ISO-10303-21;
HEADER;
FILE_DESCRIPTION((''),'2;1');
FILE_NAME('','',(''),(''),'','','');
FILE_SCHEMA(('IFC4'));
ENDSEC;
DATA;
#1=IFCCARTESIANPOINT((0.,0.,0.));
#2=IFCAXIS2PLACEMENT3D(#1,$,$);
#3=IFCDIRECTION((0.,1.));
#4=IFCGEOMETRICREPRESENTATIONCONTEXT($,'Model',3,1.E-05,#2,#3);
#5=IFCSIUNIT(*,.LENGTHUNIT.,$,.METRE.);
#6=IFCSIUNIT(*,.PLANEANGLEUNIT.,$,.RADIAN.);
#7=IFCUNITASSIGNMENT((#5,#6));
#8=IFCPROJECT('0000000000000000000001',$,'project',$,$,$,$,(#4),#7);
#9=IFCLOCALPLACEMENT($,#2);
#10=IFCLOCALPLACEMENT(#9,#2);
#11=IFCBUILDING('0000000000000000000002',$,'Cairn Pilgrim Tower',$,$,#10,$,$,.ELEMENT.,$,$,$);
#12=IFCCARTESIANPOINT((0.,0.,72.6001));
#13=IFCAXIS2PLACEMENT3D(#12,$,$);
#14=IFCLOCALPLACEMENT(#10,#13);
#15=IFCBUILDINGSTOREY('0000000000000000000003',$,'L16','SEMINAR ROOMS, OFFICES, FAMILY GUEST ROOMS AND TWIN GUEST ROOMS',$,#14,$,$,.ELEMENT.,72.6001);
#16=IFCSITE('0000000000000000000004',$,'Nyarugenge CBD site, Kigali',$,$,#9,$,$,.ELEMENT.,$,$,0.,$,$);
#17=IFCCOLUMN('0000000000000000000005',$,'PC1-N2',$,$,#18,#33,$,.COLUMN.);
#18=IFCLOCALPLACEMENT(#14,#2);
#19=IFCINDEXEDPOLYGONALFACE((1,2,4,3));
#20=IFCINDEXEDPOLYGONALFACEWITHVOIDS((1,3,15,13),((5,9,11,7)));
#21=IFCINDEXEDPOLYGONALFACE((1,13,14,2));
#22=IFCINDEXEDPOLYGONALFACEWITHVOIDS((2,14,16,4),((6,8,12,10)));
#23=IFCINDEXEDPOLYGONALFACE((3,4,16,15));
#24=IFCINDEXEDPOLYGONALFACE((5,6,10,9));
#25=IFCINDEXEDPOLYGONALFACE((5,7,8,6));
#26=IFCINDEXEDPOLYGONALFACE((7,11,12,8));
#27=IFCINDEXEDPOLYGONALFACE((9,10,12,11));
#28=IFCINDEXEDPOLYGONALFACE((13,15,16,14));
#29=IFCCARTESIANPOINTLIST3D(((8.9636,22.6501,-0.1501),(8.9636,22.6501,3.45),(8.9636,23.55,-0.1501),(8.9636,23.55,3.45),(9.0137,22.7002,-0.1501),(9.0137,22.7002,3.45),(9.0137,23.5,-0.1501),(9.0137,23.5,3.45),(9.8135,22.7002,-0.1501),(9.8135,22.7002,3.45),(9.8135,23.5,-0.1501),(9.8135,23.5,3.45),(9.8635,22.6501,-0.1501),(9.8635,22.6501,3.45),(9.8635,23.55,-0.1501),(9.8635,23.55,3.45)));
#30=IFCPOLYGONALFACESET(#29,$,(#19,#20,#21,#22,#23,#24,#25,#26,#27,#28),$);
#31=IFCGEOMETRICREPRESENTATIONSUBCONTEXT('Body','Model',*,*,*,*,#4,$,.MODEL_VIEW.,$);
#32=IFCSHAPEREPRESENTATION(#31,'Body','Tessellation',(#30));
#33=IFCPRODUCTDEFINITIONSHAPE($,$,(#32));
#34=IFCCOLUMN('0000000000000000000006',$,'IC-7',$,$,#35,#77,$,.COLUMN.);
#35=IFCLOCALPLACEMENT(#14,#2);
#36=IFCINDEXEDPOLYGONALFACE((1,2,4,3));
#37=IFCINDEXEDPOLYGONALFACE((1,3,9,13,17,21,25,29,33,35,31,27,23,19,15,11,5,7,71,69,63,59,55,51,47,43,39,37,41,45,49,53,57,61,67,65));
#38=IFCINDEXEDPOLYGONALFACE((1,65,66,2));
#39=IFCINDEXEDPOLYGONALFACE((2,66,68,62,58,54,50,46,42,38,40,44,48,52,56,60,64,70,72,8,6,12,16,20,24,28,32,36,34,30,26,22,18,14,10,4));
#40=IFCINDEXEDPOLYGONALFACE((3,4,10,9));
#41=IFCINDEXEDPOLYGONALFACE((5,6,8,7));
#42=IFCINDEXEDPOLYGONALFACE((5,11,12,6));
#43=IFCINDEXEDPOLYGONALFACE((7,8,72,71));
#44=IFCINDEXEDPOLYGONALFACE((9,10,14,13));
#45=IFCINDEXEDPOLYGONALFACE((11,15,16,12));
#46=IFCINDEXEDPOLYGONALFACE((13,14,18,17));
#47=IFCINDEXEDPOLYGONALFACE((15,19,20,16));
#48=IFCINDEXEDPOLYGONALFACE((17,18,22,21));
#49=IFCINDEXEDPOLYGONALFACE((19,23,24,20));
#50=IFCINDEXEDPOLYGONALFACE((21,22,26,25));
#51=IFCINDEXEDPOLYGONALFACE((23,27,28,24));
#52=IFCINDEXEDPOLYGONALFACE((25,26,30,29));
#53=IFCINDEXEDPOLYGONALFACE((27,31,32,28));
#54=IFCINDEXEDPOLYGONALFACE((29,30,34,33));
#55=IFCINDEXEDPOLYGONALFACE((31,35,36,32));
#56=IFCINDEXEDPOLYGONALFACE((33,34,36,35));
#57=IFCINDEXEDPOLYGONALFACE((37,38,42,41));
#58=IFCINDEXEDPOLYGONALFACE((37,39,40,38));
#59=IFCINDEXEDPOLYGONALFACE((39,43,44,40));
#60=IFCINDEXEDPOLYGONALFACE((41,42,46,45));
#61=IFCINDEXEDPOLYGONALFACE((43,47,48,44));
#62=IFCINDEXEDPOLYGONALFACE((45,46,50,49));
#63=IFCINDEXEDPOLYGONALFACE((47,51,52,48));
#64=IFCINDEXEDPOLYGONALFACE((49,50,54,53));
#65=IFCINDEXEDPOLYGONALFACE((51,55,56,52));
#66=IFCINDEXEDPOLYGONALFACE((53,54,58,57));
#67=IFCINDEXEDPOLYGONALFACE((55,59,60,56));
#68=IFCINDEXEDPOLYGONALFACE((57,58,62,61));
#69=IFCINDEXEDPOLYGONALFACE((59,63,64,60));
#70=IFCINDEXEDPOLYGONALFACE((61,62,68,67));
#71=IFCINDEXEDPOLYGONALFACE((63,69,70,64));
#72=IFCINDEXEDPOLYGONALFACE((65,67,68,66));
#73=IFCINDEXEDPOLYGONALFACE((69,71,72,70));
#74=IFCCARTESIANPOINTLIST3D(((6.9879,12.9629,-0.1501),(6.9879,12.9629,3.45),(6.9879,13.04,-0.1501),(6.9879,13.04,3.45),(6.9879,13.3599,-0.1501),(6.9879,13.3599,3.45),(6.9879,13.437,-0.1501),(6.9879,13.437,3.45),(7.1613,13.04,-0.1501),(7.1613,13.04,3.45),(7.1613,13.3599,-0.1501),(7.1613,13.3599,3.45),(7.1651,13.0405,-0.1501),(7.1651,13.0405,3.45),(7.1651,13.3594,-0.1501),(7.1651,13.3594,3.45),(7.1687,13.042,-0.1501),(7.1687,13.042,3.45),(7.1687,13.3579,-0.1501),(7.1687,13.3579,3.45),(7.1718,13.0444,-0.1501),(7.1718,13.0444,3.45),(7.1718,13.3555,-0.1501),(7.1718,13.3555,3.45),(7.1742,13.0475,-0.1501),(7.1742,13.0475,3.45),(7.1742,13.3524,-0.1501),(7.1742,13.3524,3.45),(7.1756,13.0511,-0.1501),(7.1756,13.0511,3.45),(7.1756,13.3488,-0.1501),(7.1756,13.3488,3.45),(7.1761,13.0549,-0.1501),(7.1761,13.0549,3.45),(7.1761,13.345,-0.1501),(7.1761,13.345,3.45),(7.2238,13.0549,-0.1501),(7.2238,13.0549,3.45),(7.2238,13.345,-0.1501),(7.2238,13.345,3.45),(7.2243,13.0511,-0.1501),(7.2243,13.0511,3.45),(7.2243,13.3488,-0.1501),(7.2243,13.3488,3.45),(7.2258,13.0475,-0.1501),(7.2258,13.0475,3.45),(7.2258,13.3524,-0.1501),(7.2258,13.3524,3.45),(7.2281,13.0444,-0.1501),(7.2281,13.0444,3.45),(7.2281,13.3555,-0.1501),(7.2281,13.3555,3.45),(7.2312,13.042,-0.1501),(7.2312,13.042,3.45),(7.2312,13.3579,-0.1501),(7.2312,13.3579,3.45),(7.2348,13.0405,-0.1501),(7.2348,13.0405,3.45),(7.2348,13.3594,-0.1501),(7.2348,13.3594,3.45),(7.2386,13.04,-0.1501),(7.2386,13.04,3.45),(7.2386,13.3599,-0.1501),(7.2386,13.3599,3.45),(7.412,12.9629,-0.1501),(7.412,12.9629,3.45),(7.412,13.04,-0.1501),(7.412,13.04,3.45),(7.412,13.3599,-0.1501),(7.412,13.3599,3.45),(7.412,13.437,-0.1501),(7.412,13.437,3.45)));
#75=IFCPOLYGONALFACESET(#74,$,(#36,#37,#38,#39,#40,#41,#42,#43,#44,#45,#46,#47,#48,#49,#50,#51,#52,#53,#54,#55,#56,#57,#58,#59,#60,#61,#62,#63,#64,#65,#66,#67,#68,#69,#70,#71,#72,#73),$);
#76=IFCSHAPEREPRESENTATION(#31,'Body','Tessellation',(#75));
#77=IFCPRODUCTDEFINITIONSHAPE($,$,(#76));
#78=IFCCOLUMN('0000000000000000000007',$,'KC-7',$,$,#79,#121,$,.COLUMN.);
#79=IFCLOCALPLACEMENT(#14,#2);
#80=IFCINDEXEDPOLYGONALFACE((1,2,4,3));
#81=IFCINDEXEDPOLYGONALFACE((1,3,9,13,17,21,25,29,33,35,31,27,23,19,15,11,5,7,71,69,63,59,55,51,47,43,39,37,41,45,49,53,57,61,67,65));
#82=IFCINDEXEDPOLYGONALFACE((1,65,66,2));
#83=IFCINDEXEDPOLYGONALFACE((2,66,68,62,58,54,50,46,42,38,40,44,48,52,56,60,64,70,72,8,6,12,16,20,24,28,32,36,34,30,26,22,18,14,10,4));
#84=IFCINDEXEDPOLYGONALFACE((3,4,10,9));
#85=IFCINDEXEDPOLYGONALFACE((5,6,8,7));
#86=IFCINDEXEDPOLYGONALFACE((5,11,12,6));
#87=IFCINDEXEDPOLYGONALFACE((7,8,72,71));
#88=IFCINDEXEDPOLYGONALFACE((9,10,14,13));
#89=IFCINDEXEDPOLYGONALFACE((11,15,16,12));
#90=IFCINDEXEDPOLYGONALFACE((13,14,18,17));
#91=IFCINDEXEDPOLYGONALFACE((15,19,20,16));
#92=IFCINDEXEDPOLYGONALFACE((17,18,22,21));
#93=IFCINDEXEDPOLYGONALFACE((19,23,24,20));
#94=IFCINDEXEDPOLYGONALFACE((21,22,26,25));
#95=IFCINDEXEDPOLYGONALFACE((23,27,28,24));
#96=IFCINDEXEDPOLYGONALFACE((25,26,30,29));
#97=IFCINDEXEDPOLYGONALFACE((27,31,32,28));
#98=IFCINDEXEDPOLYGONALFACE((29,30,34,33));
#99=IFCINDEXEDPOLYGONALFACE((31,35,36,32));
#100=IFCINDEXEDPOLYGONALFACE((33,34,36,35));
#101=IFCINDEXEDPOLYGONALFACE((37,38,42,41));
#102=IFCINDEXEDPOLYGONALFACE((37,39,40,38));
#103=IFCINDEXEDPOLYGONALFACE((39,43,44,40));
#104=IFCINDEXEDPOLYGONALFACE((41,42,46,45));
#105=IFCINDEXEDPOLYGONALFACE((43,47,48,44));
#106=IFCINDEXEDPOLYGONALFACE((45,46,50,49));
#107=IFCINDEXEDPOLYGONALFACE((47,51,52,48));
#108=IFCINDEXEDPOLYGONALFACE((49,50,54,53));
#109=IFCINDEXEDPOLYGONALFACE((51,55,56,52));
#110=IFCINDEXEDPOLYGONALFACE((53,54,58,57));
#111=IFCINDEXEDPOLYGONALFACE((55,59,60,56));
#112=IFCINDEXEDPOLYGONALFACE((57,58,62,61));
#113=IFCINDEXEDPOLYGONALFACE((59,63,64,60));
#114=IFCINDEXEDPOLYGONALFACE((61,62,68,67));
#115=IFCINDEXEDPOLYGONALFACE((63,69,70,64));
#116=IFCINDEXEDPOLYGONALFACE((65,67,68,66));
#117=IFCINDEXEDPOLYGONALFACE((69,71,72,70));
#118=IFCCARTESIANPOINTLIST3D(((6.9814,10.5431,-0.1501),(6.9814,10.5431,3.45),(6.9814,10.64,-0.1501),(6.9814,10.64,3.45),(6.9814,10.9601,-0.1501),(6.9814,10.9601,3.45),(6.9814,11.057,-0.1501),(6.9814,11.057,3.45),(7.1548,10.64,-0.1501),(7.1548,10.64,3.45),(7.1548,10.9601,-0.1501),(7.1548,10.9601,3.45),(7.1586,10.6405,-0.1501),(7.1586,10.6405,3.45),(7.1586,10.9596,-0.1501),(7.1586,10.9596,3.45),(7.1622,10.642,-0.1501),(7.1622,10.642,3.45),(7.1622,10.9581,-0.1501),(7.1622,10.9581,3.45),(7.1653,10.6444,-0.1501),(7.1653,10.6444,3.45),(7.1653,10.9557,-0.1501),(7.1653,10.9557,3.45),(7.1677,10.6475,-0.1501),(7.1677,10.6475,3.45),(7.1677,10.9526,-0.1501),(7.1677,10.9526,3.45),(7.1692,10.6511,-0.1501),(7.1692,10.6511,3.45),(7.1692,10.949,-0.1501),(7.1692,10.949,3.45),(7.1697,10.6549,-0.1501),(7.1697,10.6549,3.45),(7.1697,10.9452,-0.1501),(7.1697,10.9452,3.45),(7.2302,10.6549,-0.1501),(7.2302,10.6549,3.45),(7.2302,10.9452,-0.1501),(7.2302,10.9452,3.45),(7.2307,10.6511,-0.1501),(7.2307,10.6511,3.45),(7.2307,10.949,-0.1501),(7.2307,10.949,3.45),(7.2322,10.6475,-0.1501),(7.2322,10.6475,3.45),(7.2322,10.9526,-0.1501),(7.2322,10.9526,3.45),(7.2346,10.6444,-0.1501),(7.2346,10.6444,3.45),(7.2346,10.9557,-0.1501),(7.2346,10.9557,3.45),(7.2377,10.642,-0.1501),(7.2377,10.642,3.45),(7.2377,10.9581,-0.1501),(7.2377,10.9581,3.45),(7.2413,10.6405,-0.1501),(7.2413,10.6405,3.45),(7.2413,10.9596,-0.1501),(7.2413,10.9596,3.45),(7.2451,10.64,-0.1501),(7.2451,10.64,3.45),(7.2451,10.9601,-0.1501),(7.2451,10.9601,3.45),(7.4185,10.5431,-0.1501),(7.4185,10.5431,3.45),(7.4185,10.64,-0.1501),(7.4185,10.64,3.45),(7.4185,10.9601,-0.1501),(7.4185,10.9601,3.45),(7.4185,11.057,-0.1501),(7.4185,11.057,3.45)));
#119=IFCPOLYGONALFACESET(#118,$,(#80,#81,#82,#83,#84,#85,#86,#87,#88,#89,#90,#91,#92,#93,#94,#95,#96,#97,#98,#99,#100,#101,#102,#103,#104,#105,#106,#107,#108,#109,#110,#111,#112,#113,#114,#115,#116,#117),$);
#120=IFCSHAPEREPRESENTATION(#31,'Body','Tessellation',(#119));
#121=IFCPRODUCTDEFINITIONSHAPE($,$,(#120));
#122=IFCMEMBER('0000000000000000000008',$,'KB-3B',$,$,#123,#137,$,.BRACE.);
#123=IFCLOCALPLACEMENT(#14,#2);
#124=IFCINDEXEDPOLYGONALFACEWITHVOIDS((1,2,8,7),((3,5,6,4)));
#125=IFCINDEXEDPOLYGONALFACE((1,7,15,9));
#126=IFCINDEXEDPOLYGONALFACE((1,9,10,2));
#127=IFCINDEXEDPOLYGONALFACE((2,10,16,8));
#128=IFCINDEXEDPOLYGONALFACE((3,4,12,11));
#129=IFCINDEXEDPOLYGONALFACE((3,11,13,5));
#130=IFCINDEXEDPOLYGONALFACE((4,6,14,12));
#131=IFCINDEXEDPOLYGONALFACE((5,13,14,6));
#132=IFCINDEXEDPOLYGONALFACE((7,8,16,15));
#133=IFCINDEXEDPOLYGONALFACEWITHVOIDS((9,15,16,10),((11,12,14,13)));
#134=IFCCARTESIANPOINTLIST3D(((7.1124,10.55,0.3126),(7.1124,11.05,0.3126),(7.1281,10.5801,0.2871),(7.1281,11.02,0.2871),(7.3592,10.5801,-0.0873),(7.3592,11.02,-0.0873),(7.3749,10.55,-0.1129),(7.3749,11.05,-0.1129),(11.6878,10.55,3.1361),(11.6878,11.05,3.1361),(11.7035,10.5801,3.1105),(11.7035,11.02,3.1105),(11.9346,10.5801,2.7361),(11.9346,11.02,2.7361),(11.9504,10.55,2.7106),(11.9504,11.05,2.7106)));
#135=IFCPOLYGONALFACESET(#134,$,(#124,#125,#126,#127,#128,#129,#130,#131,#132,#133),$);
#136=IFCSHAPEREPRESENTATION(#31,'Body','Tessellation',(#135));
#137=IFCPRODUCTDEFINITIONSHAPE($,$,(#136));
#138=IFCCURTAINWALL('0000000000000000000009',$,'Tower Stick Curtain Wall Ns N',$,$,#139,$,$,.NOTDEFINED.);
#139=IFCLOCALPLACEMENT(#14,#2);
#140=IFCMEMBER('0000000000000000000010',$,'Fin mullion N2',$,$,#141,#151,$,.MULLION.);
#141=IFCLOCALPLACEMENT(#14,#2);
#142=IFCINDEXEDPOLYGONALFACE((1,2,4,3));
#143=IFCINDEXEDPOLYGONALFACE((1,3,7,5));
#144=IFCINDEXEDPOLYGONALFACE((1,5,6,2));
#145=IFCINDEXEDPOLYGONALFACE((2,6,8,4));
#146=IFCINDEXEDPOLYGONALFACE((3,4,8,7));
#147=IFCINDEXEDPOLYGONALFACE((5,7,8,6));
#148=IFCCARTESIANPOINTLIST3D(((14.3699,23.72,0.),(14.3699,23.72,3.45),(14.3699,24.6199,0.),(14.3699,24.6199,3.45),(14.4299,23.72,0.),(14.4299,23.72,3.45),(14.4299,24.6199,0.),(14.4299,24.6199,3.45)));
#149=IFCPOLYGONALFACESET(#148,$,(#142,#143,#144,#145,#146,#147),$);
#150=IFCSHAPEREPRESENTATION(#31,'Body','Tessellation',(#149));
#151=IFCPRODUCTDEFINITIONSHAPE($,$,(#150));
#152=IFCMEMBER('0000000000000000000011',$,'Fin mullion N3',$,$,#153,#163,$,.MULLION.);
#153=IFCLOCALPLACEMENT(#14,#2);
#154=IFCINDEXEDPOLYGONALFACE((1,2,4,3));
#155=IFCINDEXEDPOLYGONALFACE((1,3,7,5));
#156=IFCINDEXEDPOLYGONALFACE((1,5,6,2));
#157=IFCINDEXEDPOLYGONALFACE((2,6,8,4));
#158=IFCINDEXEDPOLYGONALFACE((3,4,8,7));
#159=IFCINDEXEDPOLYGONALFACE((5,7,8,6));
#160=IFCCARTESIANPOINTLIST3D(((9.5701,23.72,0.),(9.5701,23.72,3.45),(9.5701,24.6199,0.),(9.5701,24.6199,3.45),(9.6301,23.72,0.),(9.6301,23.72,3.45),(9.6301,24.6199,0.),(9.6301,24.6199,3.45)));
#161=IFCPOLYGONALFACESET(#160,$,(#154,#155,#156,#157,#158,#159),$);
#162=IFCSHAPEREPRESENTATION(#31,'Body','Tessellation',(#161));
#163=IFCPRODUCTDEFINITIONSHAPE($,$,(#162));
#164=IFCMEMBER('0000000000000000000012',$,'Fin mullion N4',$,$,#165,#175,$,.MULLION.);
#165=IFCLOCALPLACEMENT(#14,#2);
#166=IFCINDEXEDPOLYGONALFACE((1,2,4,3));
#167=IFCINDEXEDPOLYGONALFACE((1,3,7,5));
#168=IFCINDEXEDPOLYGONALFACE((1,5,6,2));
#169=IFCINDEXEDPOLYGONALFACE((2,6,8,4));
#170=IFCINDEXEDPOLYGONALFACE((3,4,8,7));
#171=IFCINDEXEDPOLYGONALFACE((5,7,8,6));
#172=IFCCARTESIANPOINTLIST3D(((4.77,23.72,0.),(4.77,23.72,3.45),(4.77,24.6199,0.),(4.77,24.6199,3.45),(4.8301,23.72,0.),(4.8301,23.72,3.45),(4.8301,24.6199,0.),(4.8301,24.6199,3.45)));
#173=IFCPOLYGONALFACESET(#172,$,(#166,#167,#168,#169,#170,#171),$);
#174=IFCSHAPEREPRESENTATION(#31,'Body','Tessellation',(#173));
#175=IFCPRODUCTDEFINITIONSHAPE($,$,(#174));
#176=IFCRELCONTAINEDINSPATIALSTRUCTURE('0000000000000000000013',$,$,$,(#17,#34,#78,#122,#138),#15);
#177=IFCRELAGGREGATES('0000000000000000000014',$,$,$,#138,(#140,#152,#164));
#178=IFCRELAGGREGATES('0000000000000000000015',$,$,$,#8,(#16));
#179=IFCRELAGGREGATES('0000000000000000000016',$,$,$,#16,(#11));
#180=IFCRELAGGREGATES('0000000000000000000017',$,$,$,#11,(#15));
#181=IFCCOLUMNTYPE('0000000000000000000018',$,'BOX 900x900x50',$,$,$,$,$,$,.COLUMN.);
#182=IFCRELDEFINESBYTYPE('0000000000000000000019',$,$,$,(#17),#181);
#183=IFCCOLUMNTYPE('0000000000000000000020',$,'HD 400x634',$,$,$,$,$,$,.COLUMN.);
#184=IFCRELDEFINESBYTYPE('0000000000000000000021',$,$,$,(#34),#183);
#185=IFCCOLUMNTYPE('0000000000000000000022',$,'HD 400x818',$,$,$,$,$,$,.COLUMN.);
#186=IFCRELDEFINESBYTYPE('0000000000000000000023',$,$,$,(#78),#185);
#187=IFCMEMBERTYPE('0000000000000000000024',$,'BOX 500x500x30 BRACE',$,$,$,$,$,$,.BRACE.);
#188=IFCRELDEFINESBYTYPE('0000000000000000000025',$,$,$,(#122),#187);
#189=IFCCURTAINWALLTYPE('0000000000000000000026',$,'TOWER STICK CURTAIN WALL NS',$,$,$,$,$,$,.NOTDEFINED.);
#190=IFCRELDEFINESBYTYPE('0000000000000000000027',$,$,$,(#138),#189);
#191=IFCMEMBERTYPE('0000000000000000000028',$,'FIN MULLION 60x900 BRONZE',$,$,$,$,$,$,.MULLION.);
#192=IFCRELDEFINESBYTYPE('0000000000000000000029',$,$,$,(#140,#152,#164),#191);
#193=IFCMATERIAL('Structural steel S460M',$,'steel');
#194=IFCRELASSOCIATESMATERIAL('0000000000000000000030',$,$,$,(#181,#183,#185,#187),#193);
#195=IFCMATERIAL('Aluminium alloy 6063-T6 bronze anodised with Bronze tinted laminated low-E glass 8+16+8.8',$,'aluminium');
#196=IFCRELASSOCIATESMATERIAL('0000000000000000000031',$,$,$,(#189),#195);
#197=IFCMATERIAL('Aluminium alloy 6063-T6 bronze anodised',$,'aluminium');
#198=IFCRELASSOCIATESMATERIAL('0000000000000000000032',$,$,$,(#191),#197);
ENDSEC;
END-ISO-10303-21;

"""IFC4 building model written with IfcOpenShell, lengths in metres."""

from ifc_helpers import new_model, si_unit, direction, frame, origin, origin_2d, place, context, subcontext, project, spatial, rectangle, hollow_rectangle, i_section, extrude, material, material_profile, profile_set, type_object, element, aggregate, save


model = new_model("IFC4")

# Units and contexts
model_context = context("Model", 3, precision=1e-05, world=origin(), true_north=direction((0.0, 1.0)))
body_context = subcontext(model_context, "Body", "Model", "MODEL_VIEW")
ifc_project = project(units=[si_unit("LENGTHUNIT", "METRE"), si_unit("PLANEANGLEUNIT", "RADIAN")], contexts=[model_context])

# Site, building, storey
site_placement = place(None, origin())
site = spatial("IfcSite", under=ifc_project, at=site_placement, Name="Nyarugenge CBD site, Kigali", CompositionType="ELEMENT", RefElevation=0.0)
building_placement = place(site_placement, origin())
building = spatial("IfcBuilding", under=site, at=building_placement, Name="Cairn Pilgrim Tower", CompositionType="ELEMENT")
storey_placement = place(building_placement, frame((0.0, 0.0, 72.6001)))
storey = spatial("IfcBuildingStorey", under=building, at=storey_placement, Name="L16", Description="SEMINAR ROOMS, OFFICES, FAMILY GUEST ROOMS AND TWIN GUEST ROOMS", CompositionType="ELEMENT", Elevation=72.6001)

# Columns
ifc_material_1 = material(Name="Structural steel S460M", Category="steel")
ifc_material_profile_1 = material_profile(ifc_material_1, hollow_rectangle(XDim=0.8999, YDim=0.8999, WallThickness=0.05, at=origin_2d()), Name="BOX 900x900x50")
ifc_profile_set_1 = profile_set([ifc_material_profile_1], Name="Structural steel S460M")
column_type_1 = type_object("IfcColumnType", Name="BOX 900x900x50", PredefinedType="COLUMN", material=ifc_profile_set_1)
column_1_placement = place(storey_placement, frame((9.4136, 23.1001, -0.1501), z_axis=(0.0, 0.0, 1.0), x_axis=(1.0, 0.0, 0.0)))
element("IfcColumn", 1, at=column_1_placement, inside=storey, type_object=column_type_1, Name="PC1-N2", PredefinedType="COLUMN", context=body_context, shape_type="SweptSolid", body=[
    extrude(hollow_rectangle(XDim=0.8999, YDim=0.8999, WallThickness=0.05, at=origin_2d()), origin(), (0.0, 0.0, 1.0), 3.6001),
])
ifc_material_profile_2 = material_profile(ifc_material_1, i_section(OverallWidth=0.4241, OverallDepth=0.4741, WebThickness=0.0476, FlangeThickness=0.0771, FilletRadius=0.0149, at=origin_2d()), Name="HD 400x634")
ifc_profile_set_2 = profile_set([ifc_material_profile_2], Name="Structural steel S460M")
column_type_2 = type_object("IfcColumnType", Name="HD 400x634", PredefinedType="COLUMN", material=ifc_profile_set_2)
column_2_placement = place(storey_placement, frame((7.2, 13.2, -0.1501), z_axis=(0.0, 0.0, 1.0), x_axis=(1.0, 0.0, 0.0)))
element("IfcColumn", 2, at=column_2_placement, inside=storey, type_object=column_type_2, Name="IC-7", PredefinedType="COLUMN", context=body_context, shape_type="SweptSolid", body=[
    extrude(i_section(OverallWidth=0.4241, OverallDepth=0.4741, WebThickness=0.0476, FlangeThickness=0.0771, FilletRadius=0.0149, at=origin_2d()), origin(), (0.0, 0.0, 1.0), 3.6001),
])
ifc_material_profile_3 = material_profile(ifc_material_1, i_section(OverallWidth=0.437, OverallDepth=0.5139, WebThickness=0.0605, FlangeThickness=0.0969, FilletRadius=0.0149, at=origin_2d()), Name="HD 400x818")
ifc_profile_set_3 = profile_set([ifc_material_profile_3], Name="Structural steel S460M")
column_type_3 = type_object("IfcColumnType", Name="HD 400x818", PredefinedType="COLUMN", material=ifc_profile_set_3)
column_3_placement = place(storey_placement, frame((7.2, 10.8, -0.1501), z_axis=(0.0, 0.0, 1.0), x_axis=(1.0, 0.0, 0.0)))
element("IfcColumn", 3, at=column_3_placement, inside=storey, type_object=column_type_3, Name="KC-7", PredefinedType="COLUMN", context=body_context, shape_type="SweptSolid", body=[
    extrude(i_section(OverallWidth=0.437, OverallDepth=0.5139, WebThickness=0.0605, FlangeThickness=0.0969, FilletRadius=0.0149, at=origin_2d()), origin(), (0.0, 0.0, 1.0), 3.6001),
])

# Member
ifc_material_profile_4 = material_profile(ifc_material_1, hollow_rectangle(XDim=0.5, YDim=0.5, WallThickness=0.03, at=origin_2d()), Name="BOX 500x500x30")
ifc_profile_set_4 = profile_set([ifc_material_profile_4], Name="Structural steel S460M")
member_type_1 = type_object("IfcMemberType", Name="BOX 500x500x30 BRACE", PredefinedType="BRACE", material=ifc_profile_set_4)
member_1_placement = place(storey_placement, frame((7.2437, 10.8, 0.0999), z_axis=(0.851008, 0.0, 0.525154), x_axis=(0.0, 1.0, 0.0)))
element("IfcMember", 4, at=member_1_placement, inside=storey, type_object=member_type_1, Name="KB-3B", PredefinedType="BRACE", context=body_context, shape_type="SweptSolid", body=[
    extrude(hollow_rectangle(XDim=0.5, YDim=0.5, WallThickness=0.03, at=origin_2d()), origin(), (0.0, 0.0, 1.0), 5.3765),
])

# Curtain wall, members
ifc_material_2 = material(Name="Aluminium alloy 6063-T6 bronze anodised with Bronze tinted laminated low-E glass 8+16+8.8", Category="aluminium")
curtain_wall_type = type_object("IfcCurtainWallType", Name="TOWER STICK CURTAIN WALL NS", PredefinedType="NOTDEFINED", material=ifc_material_2)
curtain_wall_placement = place(storey_placement, origin())
curtain_wall = element("IfcCurtainWall", 5, at=curtain_wall_placement, inside=storey, type_object=curtain_wall_type, Name="Tower Stick Curtain Wall Ns N", PredefinedType="NOTDEFINED")
ifc_material_3 = material(Name="Aluminium alloy 6063-T6 bronze anodised", Category="aluminium")
ifc_material_profile_5 = material_profile(ifc_material_3, rectangle(XDim=0.8999, YDim=0.0601, at=origin_2d()), Name="FIN MULLION 60x900 BRONZE")
ifc_profile_set_5 = profile_set([ifc_material_profile_5], Name="Aluminium alloy 6063-T6 bronze anodised")
member_type_2 = type_object("IfcMemberType", Name="FIN MULLION 60x900 BRONZE", PredefinedType="MULLION", material=ifc_profile_set_5)
member_2_placement = place(storey_placement, frame((14.3999, 24.1699, 0.0), z_axis=(0.0, 0.0, 1.0), x_axis=(0.0, 1.0, 0.0)))
member_2 = element("IfcMember", 6, at=member_2_placement, type_object=member_type_2, Name="Fin mullion N2", PredefinedType="MULLION", context=body_context, shape_type="SweptSolid", body=[
    extrude(rectangle(XDim=0.8999, YDim=0.0601, at=origin_2d()), origin(), (0.0, 0.0, 1.0), 3.45),
])
member_3_placement = place(storey_placement, frame((9.6001, 24.1699, 0.0), z_axis=(0.0, 0.0, 1.0), x_axis=(0.0, 1.0, 0.0)))
member_3 = element("IfcMember", 7, at=member_3_placement, type_object=member_type_2, Name="Fin mullion N3", PredefinedType="MULLION", context=body_context, shape_type="SweptSolid", body=[
    extrude(rectangle(XDim=0.8999, YDim=0.0601, at=origin_2d()), origin(), (0.0, 0.0, 1.0), 3.45),
])
member_4_placement = place(storey_placement, frame((4.8, 24.1699, 0.0), z_axis=(0.0, 0.0, 1.0), x_axis=(0.0, 1.0, 0.0)))
member_4 = element("IfcMember", 8, at=member_4_placement, type_object=member_type_2, Name="Fin mullion N4", PredefinedType="MULLION", context=body_context, shape_type="SweptSolid", body=[
    extrude(rectangle(XDim=0.8999, YDim=0.0601, at=origin_2d()), origin(), (0.0, 0.0, 1.0), 3.45),
])

aggregate(curtain_wall, [member_2, member_3, member_4])

save(model, "model.ifc")
